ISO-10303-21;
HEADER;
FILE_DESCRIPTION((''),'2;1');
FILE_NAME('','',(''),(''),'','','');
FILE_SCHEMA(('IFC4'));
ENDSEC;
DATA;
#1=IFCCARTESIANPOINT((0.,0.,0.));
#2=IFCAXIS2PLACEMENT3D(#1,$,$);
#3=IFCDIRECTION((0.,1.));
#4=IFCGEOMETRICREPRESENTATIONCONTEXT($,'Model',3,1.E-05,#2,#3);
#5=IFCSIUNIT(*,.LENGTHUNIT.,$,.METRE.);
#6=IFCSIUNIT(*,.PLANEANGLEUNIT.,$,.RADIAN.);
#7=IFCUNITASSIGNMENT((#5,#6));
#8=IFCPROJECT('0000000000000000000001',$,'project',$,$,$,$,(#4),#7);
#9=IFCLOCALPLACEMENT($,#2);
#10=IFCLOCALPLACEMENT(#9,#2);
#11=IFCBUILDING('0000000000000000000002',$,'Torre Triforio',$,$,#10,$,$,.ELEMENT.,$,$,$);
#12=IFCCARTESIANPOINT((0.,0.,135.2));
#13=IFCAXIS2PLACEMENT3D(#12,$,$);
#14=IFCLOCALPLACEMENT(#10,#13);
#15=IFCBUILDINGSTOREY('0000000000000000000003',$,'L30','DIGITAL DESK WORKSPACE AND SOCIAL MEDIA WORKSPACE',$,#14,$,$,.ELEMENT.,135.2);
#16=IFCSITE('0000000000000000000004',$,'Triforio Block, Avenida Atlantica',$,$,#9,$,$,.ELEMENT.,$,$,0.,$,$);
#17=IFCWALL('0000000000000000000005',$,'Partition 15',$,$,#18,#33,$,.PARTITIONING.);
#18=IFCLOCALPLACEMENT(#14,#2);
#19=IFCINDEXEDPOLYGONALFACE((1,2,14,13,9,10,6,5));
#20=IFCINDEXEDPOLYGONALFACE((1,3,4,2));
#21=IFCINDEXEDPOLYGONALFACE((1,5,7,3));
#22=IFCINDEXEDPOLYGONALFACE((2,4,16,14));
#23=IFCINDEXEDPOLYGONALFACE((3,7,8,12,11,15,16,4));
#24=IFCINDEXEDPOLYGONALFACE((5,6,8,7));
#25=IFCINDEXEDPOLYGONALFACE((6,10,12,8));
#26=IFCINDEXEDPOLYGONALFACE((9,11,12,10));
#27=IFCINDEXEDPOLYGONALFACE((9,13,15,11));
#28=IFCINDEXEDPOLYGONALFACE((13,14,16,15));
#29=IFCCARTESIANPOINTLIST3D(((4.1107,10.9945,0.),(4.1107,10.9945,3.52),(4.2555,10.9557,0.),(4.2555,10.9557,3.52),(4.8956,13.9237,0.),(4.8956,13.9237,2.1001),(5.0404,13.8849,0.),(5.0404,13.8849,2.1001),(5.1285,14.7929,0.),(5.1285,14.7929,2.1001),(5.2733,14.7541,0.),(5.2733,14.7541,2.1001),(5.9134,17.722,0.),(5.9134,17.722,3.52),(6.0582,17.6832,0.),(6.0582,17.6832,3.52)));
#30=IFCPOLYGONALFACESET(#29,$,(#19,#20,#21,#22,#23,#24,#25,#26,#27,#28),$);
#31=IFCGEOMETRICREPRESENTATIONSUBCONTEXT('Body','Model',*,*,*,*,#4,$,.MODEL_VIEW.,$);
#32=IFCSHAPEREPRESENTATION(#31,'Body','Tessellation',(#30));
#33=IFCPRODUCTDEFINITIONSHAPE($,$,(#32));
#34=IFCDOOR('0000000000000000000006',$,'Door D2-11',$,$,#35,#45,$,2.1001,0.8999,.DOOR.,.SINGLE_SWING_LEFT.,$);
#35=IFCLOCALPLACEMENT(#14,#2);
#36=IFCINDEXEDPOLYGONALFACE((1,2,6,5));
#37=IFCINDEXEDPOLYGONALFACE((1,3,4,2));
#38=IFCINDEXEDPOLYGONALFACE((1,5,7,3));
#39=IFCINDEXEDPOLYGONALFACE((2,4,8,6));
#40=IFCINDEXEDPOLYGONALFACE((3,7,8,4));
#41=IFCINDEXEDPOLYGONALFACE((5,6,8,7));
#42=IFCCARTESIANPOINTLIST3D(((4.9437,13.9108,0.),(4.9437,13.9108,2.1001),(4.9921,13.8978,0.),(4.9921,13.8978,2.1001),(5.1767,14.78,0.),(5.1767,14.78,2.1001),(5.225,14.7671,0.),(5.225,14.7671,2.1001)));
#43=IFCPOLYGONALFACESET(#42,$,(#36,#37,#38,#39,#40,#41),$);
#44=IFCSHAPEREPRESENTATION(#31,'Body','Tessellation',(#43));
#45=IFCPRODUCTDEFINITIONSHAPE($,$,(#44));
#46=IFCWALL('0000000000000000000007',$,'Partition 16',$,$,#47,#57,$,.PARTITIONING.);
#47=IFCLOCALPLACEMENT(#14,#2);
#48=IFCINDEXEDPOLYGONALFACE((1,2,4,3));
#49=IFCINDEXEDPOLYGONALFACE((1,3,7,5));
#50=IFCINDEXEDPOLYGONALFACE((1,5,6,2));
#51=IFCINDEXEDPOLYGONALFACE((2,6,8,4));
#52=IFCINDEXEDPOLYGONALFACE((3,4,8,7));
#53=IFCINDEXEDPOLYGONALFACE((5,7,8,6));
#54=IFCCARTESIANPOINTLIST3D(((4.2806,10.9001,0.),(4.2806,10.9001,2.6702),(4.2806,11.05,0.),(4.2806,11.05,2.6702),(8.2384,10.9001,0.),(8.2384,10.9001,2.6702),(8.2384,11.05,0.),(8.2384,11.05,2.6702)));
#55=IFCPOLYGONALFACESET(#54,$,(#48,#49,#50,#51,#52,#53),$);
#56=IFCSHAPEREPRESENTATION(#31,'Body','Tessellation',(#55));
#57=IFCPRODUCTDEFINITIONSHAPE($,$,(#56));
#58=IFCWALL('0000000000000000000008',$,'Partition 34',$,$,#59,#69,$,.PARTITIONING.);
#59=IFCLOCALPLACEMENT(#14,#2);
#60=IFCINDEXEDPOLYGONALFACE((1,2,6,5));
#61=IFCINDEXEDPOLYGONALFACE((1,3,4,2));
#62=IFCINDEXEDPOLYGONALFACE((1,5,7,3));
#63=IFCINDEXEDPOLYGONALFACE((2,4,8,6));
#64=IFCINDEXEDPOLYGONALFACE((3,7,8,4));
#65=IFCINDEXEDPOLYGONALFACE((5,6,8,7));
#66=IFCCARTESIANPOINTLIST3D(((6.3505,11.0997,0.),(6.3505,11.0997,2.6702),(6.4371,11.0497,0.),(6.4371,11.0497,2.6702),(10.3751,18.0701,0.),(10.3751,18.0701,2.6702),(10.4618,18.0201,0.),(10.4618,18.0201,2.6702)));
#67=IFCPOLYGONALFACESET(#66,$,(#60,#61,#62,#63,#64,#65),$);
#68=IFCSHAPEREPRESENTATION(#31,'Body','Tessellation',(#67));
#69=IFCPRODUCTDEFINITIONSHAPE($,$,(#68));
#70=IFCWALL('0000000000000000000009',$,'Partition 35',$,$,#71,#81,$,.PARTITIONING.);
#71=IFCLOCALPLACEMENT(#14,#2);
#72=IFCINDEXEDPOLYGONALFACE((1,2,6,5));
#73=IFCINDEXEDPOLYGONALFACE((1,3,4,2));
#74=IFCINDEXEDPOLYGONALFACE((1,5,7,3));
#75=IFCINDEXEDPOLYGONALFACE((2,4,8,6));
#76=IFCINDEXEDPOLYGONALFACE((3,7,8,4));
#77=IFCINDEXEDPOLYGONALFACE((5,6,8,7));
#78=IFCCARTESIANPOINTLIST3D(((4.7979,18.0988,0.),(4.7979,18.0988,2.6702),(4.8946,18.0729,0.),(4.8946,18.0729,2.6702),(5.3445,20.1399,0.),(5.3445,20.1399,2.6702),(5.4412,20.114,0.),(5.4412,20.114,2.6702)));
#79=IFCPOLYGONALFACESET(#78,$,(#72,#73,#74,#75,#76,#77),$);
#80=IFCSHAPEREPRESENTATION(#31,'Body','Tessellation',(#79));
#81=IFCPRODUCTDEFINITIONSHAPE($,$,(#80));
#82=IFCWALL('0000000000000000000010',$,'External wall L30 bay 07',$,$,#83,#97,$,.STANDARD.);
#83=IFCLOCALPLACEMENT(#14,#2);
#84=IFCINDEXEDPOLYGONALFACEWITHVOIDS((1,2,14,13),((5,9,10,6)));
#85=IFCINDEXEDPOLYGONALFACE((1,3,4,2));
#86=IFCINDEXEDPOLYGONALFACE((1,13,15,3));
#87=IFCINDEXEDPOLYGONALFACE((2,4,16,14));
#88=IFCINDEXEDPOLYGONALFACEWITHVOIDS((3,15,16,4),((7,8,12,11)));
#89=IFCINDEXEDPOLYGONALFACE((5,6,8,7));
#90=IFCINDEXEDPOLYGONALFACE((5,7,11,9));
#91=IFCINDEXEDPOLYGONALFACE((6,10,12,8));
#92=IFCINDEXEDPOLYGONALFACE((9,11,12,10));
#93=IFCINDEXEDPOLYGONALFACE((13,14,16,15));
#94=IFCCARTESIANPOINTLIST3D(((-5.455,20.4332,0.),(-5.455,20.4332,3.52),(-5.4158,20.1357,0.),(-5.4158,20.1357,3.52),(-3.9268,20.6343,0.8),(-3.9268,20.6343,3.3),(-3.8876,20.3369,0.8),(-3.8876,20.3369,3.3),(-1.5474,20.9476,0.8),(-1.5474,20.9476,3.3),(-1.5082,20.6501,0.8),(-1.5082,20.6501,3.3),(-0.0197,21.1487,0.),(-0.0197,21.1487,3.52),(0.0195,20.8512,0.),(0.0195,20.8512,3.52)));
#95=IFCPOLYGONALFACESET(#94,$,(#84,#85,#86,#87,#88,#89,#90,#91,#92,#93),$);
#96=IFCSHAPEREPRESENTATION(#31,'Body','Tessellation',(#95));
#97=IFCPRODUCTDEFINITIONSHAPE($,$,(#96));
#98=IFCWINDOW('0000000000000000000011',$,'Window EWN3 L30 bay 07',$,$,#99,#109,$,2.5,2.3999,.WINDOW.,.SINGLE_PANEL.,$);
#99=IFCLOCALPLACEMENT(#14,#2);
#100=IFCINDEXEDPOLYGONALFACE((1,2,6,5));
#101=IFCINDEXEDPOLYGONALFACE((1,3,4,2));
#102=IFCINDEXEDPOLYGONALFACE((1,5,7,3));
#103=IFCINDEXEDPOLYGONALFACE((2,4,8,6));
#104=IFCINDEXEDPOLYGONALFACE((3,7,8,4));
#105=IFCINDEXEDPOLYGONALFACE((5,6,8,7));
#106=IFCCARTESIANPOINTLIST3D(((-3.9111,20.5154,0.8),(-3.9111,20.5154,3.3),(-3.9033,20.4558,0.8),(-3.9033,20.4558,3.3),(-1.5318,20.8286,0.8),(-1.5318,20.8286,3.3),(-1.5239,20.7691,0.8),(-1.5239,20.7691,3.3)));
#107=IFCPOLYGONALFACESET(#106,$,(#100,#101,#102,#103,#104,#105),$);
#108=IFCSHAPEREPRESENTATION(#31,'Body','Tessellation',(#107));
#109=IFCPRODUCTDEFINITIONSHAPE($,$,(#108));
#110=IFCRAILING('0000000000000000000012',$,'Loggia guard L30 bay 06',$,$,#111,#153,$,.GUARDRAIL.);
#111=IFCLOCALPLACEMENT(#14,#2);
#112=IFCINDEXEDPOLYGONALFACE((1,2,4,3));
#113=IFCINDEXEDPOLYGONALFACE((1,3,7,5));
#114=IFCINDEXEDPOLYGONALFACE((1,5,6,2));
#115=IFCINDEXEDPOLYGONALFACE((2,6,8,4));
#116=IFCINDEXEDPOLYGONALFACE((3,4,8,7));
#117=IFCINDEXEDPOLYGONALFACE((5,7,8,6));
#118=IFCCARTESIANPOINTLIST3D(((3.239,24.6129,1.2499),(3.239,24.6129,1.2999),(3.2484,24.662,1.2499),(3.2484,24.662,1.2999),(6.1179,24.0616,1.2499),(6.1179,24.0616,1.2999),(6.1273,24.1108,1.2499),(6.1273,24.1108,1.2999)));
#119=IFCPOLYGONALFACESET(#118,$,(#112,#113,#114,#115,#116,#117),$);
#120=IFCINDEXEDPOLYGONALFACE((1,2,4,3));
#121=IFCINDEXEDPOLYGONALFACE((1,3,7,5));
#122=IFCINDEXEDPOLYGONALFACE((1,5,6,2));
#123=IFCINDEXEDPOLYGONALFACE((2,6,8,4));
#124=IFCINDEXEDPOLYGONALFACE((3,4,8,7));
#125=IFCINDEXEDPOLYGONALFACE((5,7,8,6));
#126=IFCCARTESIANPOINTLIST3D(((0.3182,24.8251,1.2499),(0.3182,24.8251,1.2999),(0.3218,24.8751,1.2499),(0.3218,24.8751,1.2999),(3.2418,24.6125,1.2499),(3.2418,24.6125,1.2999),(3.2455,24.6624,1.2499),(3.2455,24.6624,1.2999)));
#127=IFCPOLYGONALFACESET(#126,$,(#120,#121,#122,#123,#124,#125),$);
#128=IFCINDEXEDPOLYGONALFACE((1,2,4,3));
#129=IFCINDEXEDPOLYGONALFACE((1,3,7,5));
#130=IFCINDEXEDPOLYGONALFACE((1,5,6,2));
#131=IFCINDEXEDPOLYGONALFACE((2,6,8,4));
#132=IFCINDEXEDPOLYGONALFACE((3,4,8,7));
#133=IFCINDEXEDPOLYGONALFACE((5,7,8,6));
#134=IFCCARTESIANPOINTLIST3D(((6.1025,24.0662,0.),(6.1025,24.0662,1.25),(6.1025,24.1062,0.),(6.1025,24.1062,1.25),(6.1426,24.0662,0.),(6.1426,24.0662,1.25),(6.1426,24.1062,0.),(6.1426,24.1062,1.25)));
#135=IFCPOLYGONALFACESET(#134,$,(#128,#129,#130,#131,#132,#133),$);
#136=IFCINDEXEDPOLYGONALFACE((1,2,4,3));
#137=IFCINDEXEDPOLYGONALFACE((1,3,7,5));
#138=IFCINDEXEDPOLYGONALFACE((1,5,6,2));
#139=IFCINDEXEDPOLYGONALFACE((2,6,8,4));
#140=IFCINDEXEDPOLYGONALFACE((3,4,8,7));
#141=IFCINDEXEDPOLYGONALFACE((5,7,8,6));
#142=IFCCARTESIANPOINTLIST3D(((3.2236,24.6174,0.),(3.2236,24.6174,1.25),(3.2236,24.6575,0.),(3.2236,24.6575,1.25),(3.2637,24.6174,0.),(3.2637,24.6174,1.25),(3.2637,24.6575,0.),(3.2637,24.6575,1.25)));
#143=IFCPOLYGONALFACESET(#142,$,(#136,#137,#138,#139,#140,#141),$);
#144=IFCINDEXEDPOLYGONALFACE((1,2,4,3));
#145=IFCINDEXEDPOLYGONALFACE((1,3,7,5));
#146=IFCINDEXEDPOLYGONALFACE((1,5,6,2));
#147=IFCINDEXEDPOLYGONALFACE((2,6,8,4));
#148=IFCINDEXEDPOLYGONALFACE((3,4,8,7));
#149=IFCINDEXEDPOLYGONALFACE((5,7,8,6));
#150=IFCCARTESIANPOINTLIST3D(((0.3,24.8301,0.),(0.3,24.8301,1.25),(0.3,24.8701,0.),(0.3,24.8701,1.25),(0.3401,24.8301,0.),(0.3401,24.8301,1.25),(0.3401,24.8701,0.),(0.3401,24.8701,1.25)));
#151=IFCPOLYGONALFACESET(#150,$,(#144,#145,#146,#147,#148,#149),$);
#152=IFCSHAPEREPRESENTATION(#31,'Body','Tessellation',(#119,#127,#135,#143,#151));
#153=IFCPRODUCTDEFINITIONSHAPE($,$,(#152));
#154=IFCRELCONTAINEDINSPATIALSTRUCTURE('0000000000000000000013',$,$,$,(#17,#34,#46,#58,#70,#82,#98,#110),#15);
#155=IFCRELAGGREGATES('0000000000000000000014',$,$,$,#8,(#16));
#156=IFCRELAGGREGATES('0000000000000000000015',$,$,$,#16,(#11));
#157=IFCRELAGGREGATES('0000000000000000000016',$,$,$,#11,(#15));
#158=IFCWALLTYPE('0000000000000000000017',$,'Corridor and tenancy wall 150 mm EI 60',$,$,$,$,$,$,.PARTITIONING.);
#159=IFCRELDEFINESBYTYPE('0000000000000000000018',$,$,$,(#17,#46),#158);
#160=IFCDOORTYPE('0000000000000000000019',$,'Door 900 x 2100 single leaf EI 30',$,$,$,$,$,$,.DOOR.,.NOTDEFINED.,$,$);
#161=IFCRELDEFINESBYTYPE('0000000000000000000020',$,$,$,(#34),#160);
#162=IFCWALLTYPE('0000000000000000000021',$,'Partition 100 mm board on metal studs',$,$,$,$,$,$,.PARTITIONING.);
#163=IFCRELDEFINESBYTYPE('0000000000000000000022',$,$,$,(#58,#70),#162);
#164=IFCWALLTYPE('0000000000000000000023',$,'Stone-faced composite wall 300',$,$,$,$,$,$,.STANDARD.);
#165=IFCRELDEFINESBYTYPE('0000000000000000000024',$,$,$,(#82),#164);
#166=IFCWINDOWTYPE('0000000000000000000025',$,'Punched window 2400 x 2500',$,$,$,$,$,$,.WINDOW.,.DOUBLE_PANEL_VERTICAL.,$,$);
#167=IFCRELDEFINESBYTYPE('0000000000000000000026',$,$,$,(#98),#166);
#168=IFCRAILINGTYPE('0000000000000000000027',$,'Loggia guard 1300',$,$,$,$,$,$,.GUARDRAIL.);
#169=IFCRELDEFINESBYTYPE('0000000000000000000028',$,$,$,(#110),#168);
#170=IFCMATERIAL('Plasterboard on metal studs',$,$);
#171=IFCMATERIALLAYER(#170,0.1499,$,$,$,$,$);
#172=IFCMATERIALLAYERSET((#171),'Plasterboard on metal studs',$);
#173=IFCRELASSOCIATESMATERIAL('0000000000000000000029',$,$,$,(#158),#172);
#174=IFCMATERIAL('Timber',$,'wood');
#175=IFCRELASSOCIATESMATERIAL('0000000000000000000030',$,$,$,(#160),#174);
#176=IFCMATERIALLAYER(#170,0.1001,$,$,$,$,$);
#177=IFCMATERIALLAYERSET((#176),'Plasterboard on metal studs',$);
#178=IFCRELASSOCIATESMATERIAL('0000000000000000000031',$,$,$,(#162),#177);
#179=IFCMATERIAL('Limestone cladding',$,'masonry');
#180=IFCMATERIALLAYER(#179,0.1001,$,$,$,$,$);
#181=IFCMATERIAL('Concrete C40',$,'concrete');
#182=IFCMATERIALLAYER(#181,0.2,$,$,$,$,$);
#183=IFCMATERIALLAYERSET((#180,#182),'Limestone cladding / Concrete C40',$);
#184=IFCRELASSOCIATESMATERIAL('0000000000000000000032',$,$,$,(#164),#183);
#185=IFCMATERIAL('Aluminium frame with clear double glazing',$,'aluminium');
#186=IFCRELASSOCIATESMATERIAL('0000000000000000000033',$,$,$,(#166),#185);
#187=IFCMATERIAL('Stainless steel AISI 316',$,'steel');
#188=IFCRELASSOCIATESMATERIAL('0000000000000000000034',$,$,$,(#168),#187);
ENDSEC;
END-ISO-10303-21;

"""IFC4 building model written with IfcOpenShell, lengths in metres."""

from ifc_helpers import new_model, si_unit, direction, frame, frame_2d, origin, origin_2d, place, context, subcontext, project, spatial, rectangle, extrude, material, layer, layer_set, type_object, element, fill, save


model = new_model("IFC4")

# Units and contexts
model_context = context("Model", 3, precision=1e-05, world=origin(), true_north=direction((0.0, 1.0)))
body_context = subcontext(model_context, "Body", "Model", "MODEL_VIEW")
ifc_project = project(units=[si_unit("LENGTHUNIT", "METRE"), si_unit("PLANEANGLEUNIT", "RADIAN")], contexts=[model_context])

# Site, building, storey
site_placement = place(None, origin())
site = spatial("IfcSite", under=ifc_project, at=site_placement, Name="Triforio Block, Avenida Atlantica", CompositionType="ELEMENT", RefElevation=0.0)
building_placement = place(site_placement, origin())
building = spatial("IfcBuilding", under=site, at=building_placement, Name="Torre Triforio", CompositionType="ELEMENT")
storey_placement = place(building_placement, frame((0.0, 0.0, 135.2)))
storey = spatial("IfcBuildingStorey", under=building, at=storey_placement, Name="L30", Description="DIGITAL DESK WORKSPACE AND SOCIAL MEDIA WORKSPACE", CompositionType="ELEMENT", Elevation=135.2)

# Shared definitions
ifc_material_1 = material(Name="Plasterboard on metal studs")
ifc_layer_1 = layer(ifc_material_1, 0.1499)
ifc_layer_set_1 = layer_set([ifc_layer_1], Name="Plasterboard on metal studs")
wall_type_1 = type_object("IfcWallType", Name="Corridor and tenancy wall 150 mm EI 60", PredefinedType="PARTITIONING", material=ifc_layer_set_1)
ifc_material_2 = material(Name="Timber", Category="wood")
door_type_1 = type_object("IfcDoorType", Name="Door 900 x 2100 single leaf EI 30", OperationType="NOTDEFINED", PredefinedType="DOOR", material=ifc_material_2)

# Wall, opening, door
wall_1_placement = place(storey_placement, frame((5.9858, 17.7026, 0.0), z_axis=(0.0, 0.0, 1.0), x_axis=(-0.258832, -0.965922, 0.0)))
wall_1 = element("IfcWall", 1, at=wall_1_placement, inside=storey, type_object=wall_type_1, Name="Partition 15", PredefinedType="PARTITIONING", context=body_context, shape_type="SweptSolid", body=[
    extrude(rectangle(XDim=6.9648, YDim=0.1499, at=frame_2d((3.4824, 0.0))), origin(), (0.0, 0.0, 1.0), 3.52),
])
opening_1_placement = place(wall_1_placement, frame((3.0325, 0.0, 0.0)))
opening_1 = element("IfcOpeningElement", 2, at=opening_1_placement, cuts=wall_1, PredefinedType="OPENING", context=body_context, shape_type="SweptSolid", body=[
    extrude(rectangle(XDim=0.8999, YDim=2.1001, at=frame_2d((0.45, 1.05))), frame((0.0, 0.085, 0.0), z_axis=(0.0, -1.0, 0.0), x_axis=(1.0, 0.0, 0.0)), (0.0, 0.0, 1.0), 0.1699),
])
door_1_placement = place(opening_1_placement, origin())
door_1 = element("IfcDoor", 3, at=door_1_placement, inside=storey, type_object=door_type_1, Name="Door D2-11", OperationType="SINGLE_SWING_LEFT", OverallHeight=2.1001, OverallWidth=0.8999, PredefinedType="DOOR", context=body_context, shape_type="SweptSolid", body=[
    extrude(rectangle(XDim=0.8999, YDim=2.1001, at=frame_2d((0.45, 1.05))), frame((0.0, 0.0249, 0.0), z_axis=(0.0, -1.0, 0.0), x_axis=(1.0, 0.0, 0.0)), (0.0, 0.0, 1.0), 0.05),
])
fill(opening_1, door_1)

# Walls
wall_2_placement = place(storey_placement, frame((4.2805, 10.9751, 0.0), z_axis=(0.0, 0.0, 1.0), x_axis=(1.0, 0.0, 0.0)))
element("IfcWall", 4, at=wall_2_placement, inside=storey, type_object=wall_type_1, Name="Partition 16", PredefinedType="PARTITIONING", context=body_context, shape_type="SweptSolid", body=[
    extrude(rectangle(XDim=3.9578, YDim=0.1499, at=frame_2d((1.979, 0.0))), origin(), (0.0, 0.0, 1.0), 2.6702),
])
ifc_layer_2 = layer(ifc_material_1, 0.1001)
ifc_layer_set_2 = layer_set([ifc_layer_2], Name="Plasterboard on metal studs")
wall_type_2 = type_object("IfcWallType", Name="Partition 100 mm board on metal studs", PredefinedType="PARTITIONING", material=ifc_layer_set_2)
wall_3_placement = place(storey_placement, frame((6.3938, 11.0747, 0.0), z_axis=(0.0, 0.0, 1.0), x_axis=(0.500024, 0.866011, 0.0)))
element("IfcWall", 5, at=wall_3_placement, inside=storey, type_object=wall_type_2, Name="Partition 34", PredefinedType="PARTITIONING", context=body_context, shape_type="SweptSolid", body=[
    extrude(rectangle(XDim=8.0488, YDim=0.1001, at=frame_2d((4.0244, 0.0))), origin(), (0.0, 0.0, 1.0), 2.6702),
])
wall_4_placement = place(storey_placement, frame((4.8462, 18.0857, 0.0), z_axis=(0.0, 0.0, 1.0), x_axis=(0.258705, 0.965956, 0.0)))
element("IfcWall", 6, at=wall_4_placement, inside=storey, type_object=wall_type_2, Name="Partition 35", PredefinedType="PARTITIONING", context=body_context, shape_type="SweptSolid", body=[
    extrude(rectangle(XDim=2.113, YDim=0.1001, at=frame_2d((1.0566, 0.0))), origin(), (0.0, 0.0, 1.0), 2.6702),
])

# Shared definitions
ifc_material_3 = material(Name="Limestone cladding", Category="masonry")
ifc_layer_3 = layer(ifc_material_3, 0.1001)
ifc_material_4 = material(Name="Concrete C40", Category="concrete")
ifc_layer_4 = layer(ifc_material_4, 0.2)
ifc_layer_set_3 = layer_set([ifc_layer_3, ifc_layer_4], Name="Limestone cladding / Concrete C40")
wall_type_3 = type_object("IfcWallType", Name="Stone-faced composite wall 300", PredefinedType="STANDARD", material=ifc_layer_set_3)
ifc_material_5 = material(Name="Aluminium frame with clear double glazing", Category="aluminium")

# Wall, opening, window
wall_5_placement = place(storey_placement, frame((0.0, 21.0, 0.0), z_axis=(0.0, 0.0, 1.0), x_axis=(-0.991445, -0.130527, 0.0)))
wall_5 = element("IfcWall", 7, at=wall_5_placement, inside=storey, type_object=wall_type_3, Name="External wall L30 bay 07", PredefinedType="STANDARD", context=body_context, shape_type="SweptSolid", body=[
    extrude(rectangle(XDim=5.4822, YDim=0.3, at=frame_2d((2.7412, 0.0))), origin(), (0.0, 0.0, 1.0), 3.52),
])
opening_2_placement = place(wall_5_placement, frame((1.541, 0.0, 0.8)))
opening_2 = element("IfcOpeningElement", 8, at=opening_2_placement, cuts=wall_5, PredefinedType="OPENING", context=body_context, shape_type="SweptSolid", body=[
    extrude(rectangle(XDim=2.3999, YDim=2.5, at=frame_2d((1.2, 1.25))), frame((0.0, 0.1599, 0.0), z_axis=(0.0, -1.0, 0.0), x_axis=(1.0, 0.0, 0.0)), (0.0, 0.0, 1.0), 0.3201),
])
window_type_1 = type_object("IfcWindowType", Name="Punched window 2400 x 2500", PartitioningType="DOUBLE_PANEL_VERTICAL", PredefinedType="WINDOW", material=ifc_material_5)
window_1_placement = place(opening_2_placement, origin())
window_1 = element("IfcWindow", 9, at=window_1_placement, inside=storey, type_object=window_type_1, Name="Window EWN3 L30 bay 07", OverallHeight=2.5, OverallWidth=2.3999, PartitioningType="SINGLE_PANEL", PredefinedType="WINDOW", context=body_context, shape_type="SweptSolid", body=[
    extrude(rectangle(XDim=2.3999, YDim=2.5, at=frame_2d((1.2, 1.25))), frame((0.0, 0.03, 0.0), z_axis=(0.0, -1.0, 0.0), x_axis=(1.0, 0.0, 0.0)), (0.0, 0.0, 1.0), 0.0601),
])
fill(opening_2, window_1)

# Railing
ifc_material_6 = material(Name="Stainless steel AISI 316", Category="steel")
railing_type = type_object("IfcRailingType", Name="Loggia guard 1300", PredefinedType="GUARDRAIL", material=ifc_material_6)
railing_placement = place(storey_placement, frame((6.1226, 24.0862, 0.0)))
element("IfcRailing", 10, at=railing_placement, inside=storey, type_object=railing_type, Name="Loggia guard L30 bay 06", PredefinedType="GUARDRAIL", context=body_context, shape_type="SweptSolid", body=[
    extrude(rectangle(XDim=0.05, YDim=0.05, at=origin_2d()), frame((0.0, 0.0, 1.2749), z_axis=(-0.982156, 0.188069, 0.0), x_axis=(-0.188069, -0.982156, 0.0)), (0.0, 0.0, 1.0), 2.9312),
    extrude(rectangle(XDim=0.05, YDim=0.05, at=origin_2d()), frame((-2.8789, 0.5513, 1.2749), z_axis=(-0.997365, 0.072543, 0.0), x_axis=(-0.072543, -0.997365, 0.0)), (0.0, 0.0, 1.0), 2.9314),
    extrude(rectangle(XDim=0.04, YDim=0.04, at=origin_2d()), origin(), (0.0, 0.0, 1.0), 1.25),
    extrude(rectangle(XDim=0.04, YDim=0.04, at=origin_2d()), frame((-2.8789, 0.5513, 0.0)), (0.0, 0.0, 1.0), 1.25),
    extrude(rectangle(XDim=0.04, YDim=0.04, at=origin_2d()), frame((-5.8025, 0.7639, 0.0)), (0.0, 0.0, 1.0), 1.25),
])

save(model, "model.ifc")
